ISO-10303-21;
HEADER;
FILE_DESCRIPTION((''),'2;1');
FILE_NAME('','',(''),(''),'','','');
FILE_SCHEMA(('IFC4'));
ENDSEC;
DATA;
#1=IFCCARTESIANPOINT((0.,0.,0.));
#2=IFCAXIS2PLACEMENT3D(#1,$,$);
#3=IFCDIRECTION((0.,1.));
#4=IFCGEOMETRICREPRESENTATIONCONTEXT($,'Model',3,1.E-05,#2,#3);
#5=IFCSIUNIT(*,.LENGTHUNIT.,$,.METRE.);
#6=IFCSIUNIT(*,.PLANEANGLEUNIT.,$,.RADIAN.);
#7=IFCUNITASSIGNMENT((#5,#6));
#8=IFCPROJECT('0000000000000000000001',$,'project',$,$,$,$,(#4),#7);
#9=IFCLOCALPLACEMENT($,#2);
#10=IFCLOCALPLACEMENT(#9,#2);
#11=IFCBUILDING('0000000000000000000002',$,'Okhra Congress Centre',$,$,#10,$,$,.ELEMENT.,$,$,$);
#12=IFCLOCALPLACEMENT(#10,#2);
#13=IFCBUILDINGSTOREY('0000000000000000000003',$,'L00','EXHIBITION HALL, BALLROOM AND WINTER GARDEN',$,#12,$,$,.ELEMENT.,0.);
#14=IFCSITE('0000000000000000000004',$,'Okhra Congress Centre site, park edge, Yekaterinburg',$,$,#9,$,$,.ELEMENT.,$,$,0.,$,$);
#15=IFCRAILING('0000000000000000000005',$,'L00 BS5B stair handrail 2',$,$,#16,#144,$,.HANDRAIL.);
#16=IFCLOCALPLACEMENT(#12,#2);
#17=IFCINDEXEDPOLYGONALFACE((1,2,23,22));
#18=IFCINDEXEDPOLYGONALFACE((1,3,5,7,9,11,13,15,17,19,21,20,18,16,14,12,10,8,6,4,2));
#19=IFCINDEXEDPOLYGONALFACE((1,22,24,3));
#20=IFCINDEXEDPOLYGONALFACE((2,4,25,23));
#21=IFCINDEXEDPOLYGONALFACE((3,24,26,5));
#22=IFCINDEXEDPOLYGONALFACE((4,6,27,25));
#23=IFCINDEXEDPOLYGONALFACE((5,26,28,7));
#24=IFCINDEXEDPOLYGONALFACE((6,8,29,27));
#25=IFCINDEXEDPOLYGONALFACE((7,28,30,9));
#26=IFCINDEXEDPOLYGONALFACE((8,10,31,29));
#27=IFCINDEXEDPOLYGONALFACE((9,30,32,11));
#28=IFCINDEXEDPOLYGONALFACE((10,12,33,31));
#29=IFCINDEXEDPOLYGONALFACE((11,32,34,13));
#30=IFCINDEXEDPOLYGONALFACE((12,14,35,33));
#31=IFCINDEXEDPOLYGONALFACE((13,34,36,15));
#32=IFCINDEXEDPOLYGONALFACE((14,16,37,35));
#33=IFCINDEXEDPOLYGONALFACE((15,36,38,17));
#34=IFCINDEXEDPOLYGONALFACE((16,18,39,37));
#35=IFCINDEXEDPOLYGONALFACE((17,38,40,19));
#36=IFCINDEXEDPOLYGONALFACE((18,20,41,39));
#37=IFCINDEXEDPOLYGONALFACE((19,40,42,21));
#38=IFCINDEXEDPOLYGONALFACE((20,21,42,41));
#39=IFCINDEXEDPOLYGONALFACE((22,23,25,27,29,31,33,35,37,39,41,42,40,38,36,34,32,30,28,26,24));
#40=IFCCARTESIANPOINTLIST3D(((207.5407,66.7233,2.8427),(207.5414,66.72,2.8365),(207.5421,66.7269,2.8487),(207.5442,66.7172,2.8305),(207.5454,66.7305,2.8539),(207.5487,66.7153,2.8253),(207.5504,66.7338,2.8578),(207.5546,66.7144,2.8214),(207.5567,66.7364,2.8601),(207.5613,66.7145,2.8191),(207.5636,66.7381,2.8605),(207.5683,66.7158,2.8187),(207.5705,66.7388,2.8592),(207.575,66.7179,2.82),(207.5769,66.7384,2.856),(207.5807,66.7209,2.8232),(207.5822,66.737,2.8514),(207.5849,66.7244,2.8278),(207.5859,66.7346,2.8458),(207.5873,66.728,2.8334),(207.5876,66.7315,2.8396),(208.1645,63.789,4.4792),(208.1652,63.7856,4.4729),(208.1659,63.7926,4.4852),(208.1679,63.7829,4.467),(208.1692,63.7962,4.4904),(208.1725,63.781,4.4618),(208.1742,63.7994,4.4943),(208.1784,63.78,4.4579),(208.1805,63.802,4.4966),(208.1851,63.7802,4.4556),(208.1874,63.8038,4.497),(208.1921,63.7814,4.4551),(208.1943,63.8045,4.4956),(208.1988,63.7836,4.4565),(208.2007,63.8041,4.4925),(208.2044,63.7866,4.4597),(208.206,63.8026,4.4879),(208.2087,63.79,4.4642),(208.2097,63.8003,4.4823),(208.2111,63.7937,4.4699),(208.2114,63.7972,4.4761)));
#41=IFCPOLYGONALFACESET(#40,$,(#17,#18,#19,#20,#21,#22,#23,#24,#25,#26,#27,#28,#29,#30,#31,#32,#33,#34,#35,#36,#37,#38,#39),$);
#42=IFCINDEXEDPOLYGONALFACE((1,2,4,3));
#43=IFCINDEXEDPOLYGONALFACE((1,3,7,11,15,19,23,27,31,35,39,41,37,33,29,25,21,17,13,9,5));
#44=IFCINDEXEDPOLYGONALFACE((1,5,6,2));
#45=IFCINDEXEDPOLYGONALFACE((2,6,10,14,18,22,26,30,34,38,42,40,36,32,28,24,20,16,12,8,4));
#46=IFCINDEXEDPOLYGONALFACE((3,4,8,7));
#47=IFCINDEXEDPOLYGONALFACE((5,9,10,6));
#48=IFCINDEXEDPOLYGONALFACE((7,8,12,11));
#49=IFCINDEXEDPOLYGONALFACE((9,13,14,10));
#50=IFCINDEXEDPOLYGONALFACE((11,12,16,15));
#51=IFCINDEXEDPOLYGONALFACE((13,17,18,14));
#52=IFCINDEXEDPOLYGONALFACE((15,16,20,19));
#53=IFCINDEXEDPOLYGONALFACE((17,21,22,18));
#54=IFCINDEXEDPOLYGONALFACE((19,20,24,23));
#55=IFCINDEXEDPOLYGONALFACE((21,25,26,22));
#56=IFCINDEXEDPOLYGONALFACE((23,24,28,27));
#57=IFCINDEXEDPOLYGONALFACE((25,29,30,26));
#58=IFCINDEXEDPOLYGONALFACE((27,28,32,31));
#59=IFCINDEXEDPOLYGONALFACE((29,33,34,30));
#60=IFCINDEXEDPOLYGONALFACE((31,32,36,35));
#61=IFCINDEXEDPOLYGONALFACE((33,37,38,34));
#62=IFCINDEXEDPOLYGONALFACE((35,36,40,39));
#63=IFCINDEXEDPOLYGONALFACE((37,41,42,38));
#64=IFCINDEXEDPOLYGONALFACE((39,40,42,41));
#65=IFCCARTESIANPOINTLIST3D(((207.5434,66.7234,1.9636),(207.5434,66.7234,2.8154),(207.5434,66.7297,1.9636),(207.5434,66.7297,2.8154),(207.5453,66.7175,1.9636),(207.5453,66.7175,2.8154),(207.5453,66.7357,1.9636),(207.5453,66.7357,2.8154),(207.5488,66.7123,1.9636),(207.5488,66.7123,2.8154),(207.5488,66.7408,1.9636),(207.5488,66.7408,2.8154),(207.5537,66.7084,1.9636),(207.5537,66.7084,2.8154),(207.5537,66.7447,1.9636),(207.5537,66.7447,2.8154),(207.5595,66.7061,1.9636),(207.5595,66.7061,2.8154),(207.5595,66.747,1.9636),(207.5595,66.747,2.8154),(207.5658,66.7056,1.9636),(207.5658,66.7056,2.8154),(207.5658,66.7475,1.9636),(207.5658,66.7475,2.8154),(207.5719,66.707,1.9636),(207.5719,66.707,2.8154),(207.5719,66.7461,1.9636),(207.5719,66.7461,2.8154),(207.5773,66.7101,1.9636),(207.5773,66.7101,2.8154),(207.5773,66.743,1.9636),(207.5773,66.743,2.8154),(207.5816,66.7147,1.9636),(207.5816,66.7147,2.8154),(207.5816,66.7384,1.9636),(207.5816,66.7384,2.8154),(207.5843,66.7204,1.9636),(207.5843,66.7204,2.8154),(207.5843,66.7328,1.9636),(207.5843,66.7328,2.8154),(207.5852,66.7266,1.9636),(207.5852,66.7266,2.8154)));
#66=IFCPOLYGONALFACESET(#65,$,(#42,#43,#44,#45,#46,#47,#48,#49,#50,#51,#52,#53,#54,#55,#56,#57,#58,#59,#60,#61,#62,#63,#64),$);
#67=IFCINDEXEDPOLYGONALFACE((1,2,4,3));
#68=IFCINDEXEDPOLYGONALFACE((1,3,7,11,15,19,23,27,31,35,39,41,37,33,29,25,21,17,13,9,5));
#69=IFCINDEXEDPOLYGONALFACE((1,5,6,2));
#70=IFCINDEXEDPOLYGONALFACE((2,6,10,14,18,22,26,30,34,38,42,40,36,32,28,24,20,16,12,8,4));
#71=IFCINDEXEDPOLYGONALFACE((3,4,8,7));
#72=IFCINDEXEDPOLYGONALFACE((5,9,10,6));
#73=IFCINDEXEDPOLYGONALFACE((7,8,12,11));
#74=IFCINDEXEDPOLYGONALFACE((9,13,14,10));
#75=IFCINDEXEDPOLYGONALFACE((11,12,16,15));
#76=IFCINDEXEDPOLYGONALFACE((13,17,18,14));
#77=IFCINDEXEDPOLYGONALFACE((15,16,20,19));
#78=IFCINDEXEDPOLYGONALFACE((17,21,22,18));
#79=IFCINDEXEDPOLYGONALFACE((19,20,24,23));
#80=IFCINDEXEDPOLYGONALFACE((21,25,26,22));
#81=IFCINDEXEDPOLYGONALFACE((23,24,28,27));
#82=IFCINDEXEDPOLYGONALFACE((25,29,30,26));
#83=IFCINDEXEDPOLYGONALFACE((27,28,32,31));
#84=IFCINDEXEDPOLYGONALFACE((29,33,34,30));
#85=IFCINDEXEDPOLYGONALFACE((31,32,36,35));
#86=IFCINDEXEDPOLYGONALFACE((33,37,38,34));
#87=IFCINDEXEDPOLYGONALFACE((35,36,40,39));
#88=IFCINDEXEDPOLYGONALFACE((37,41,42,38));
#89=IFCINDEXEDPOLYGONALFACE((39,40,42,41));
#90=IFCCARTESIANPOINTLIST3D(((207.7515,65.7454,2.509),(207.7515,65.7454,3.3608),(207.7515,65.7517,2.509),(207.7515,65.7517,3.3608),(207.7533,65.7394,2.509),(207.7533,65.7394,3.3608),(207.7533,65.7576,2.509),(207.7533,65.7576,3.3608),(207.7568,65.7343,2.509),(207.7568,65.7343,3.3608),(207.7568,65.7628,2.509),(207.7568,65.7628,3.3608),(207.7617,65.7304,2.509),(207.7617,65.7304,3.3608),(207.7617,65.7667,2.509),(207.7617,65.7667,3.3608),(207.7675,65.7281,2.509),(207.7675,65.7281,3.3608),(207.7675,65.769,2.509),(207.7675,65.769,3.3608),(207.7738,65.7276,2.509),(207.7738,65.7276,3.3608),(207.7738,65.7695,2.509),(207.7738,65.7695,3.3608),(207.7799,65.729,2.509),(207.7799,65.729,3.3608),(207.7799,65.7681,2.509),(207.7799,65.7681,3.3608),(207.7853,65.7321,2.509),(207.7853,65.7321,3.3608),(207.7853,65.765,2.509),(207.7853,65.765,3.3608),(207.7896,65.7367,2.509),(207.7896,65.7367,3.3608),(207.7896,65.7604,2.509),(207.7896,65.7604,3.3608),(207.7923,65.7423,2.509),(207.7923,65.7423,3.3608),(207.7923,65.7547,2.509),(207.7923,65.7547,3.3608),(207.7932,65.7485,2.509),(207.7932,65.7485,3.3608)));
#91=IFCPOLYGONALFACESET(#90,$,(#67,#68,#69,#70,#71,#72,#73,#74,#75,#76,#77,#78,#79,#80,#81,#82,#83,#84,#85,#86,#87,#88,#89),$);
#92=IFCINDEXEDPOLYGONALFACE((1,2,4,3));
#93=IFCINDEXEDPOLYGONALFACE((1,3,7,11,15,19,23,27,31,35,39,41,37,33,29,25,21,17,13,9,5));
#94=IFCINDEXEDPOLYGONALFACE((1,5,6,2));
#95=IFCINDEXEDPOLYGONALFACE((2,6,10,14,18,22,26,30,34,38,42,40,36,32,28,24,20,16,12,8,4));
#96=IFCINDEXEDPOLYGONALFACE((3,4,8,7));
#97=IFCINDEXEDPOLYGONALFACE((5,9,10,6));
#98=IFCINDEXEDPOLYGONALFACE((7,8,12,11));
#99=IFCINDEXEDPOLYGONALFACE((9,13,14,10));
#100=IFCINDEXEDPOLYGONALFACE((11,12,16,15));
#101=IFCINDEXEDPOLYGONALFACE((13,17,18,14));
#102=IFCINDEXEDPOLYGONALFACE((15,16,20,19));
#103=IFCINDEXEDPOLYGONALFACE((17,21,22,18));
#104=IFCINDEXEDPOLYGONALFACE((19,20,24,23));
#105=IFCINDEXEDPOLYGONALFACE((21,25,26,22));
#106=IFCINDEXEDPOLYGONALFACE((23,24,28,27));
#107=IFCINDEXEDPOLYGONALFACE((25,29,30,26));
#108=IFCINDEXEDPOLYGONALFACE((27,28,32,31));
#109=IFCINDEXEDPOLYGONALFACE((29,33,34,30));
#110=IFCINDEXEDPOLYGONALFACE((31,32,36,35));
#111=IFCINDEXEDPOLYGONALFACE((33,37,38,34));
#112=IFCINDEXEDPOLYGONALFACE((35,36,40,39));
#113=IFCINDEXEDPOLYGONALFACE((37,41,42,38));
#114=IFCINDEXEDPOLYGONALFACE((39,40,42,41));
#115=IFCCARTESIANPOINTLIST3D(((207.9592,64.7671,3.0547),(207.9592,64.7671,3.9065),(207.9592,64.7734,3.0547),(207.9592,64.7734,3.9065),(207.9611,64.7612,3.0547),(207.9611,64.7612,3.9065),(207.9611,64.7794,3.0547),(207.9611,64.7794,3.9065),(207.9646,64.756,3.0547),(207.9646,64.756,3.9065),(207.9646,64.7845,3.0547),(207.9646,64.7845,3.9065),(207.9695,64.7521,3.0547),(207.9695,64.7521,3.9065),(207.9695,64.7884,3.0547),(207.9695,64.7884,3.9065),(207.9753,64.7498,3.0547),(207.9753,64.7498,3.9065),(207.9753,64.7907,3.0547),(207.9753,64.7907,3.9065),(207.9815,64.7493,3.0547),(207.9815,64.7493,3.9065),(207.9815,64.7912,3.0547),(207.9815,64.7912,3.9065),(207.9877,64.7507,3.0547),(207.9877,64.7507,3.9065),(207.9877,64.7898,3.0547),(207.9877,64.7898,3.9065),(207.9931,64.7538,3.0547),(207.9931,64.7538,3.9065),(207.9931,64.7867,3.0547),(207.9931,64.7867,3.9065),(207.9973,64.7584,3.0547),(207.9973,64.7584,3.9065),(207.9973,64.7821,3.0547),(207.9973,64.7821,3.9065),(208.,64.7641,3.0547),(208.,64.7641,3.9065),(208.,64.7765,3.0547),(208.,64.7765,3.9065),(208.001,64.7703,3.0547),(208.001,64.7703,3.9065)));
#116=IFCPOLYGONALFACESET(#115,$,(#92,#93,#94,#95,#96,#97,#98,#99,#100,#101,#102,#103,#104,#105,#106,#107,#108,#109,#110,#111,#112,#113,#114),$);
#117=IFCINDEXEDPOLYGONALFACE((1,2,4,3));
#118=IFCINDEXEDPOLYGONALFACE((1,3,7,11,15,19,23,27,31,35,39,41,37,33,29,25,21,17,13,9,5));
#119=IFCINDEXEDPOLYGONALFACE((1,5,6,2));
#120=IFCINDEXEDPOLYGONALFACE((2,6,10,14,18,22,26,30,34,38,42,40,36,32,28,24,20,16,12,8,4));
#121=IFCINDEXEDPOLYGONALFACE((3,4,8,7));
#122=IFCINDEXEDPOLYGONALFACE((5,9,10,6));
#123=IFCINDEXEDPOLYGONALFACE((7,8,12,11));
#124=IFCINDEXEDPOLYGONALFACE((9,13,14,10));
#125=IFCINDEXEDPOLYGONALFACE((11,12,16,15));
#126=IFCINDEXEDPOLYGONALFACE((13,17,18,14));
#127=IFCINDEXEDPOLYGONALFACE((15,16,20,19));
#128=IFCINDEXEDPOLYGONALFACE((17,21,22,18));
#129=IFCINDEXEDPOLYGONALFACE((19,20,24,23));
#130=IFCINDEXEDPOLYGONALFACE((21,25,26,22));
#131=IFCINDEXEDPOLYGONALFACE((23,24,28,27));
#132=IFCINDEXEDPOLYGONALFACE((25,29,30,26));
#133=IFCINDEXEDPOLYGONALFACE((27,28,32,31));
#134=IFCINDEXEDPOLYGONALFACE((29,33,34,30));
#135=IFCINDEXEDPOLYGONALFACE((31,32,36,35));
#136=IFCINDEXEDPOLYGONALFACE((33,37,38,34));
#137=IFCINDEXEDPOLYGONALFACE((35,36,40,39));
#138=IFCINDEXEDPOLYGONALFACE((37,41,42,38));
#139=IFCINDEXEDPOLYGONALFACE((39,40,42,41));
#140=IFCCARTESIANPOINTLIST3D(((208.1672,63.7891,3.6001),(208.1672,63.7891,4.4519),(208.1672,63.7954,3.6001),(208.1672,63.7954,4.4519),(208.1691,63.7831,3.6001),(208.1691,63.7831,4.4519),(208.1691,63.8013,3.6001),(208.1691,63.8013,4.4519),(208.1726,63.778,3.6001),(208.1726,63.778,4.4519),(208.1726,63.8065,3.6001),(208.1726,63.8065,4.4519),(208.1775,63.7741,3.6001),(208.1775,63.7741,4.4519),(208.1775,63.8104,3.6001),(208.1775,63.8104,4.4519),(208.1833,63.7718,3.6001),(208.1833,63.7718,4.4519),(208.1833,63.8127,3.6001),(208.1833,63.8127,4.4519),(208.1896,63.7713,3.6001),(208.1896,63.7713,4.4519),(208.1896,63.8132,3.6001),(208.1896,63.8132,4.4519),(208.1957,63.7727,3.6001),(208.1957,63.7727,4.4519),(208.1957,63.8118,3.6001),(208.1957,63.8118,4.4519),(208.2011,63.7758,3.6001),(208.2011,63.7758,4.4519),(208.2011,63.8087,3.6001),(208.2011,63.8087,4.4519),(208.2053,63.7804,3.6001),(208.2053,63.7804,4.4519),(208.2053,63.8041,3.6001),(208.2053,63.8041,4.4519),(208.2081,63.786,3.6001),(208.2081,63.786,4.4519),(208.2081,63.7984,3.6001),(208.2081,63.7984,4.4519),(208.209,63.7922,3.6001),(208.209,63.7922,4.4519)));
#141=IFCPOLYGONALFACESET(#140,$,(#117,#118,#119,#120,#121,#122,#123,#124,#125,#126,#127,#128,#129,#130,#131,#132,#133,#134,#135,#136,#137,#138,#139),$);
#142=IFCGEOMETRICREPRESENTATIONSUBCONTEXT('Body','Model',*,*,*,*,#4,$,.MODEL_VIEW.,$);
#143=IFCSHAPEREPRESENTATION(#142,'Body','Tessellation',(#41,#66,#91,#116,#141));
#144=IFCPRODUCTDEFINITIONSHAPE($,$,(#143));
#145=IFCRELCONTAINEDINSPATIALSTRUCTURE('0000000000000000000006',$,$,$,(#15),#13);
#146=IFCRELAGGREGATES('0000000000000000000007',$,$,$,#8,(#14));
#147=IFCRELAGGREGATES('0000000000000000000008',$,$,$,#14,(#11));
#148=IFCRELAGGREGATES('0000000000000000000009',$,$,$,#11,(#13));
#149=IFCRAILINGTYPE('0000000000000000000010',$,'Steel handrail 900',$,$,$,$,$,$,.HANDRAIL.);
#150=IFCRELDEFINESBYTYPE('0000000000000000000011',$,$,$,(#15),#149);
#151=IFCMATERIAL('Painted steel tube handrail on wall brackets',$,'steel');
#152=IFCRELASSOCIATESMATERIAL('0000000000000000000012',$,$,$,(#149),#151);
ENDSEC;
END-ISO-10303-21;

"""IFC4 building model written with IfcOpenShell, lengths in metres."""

from ifc_helpers import new_model, si_unit, direction, frame, origin, origin_2d, place, context, subcontext, project, spatial, circle, extrude, material, type_object, element, save


model = new_model("IFC4")

# Units and contexts
model_context = context("Model", 3, precision=1e-05, world=origin(), true_north=direction((0.0, 1.0)))
body_context = subcontext(model_context, "Body", "Model", "MODEL_VIEW")
ifc_project = project(units=[si_unit("LENGTHUNIT", "METRE"), si_unit("PLANEANGLEUNIT", "RADIAN")], contexts=[model_context])

# Site, building, storey
site_placement = place(None, origin())
site = spatial("IfcSite", under=ifc_project, at=site_placement, Name="Okhra Congress Centre site, park edge, Yekaterinburg", CompositionType="ELEMENT", RefElevation=0.0)
building_placement = place(site_placement, origin())
building = spatial("IfcBuilding", under=site, at=building_placement, Name="Okhra Congress Centre", CompositionType="ELEMENT")
storey_placement = place(building_placement, origin())
storey = spatial("IfcBuildingStorey", under=building, at=storey_placement, Name="L00", Description="EXHIBITION HALL, BALLROOM AND WINTER GARDEN", CompositionType="ELEMENT", Elevation=0.0)

# Railing
ifc_material_1 = material(Name="Painted steel tube handrail on wall brackets", Category="steel")
railing_type_1 = type_object("IfcRailingType", Name="Steel handrail 900", PredefinedType="HANDRAIL", material=ifc_material_1)
railing_1_placement = place(storey_placement, frame((207.5642, 66.7266, 1.9636)))
element("IfcRailing", 1, at=railing_1_placement, inside=storey, type_object=railing_type_1, Name="L00 BS5B stair handrail 2", PredefinedType="HANDRAIL", context=body_context, shape_type="SweptSolid", body=[
    extrude(circle(Radius=0.0239, at=origin_2d()), frame((0.0, 0.0, 0.876), z_axis=(0.18254, -0.858687, 0.47889), x_axis=(0.978143, 0.207934, 0.0)), (0.0, 0.0, 1.0), 3.4172),
    extrude(circle(Radius=0.021, at=origin_2d()), origin(), (0.0, 0.0, 1.0), 0.8518),
    extrude(circle(Radius=0.021, at=origin_2d()), frame((0.208, -0.978, 0.5454)), (0.0, 0.0, 1.0), 0.8518),
    extrude(circle(Radius=0.021, at=origin_2d()), frame((0.4158, -1.9563, 1.0911)), (0.0, 0.0, 1.0), 0.8518),
    extrude(circle(Radius=0.021, at=origin_2d()), frame((0.6238, -2.9343, 1.6365)), (0.0, 0.0, 1.0), 0.8518),
])

save(model, "model.ifc")
